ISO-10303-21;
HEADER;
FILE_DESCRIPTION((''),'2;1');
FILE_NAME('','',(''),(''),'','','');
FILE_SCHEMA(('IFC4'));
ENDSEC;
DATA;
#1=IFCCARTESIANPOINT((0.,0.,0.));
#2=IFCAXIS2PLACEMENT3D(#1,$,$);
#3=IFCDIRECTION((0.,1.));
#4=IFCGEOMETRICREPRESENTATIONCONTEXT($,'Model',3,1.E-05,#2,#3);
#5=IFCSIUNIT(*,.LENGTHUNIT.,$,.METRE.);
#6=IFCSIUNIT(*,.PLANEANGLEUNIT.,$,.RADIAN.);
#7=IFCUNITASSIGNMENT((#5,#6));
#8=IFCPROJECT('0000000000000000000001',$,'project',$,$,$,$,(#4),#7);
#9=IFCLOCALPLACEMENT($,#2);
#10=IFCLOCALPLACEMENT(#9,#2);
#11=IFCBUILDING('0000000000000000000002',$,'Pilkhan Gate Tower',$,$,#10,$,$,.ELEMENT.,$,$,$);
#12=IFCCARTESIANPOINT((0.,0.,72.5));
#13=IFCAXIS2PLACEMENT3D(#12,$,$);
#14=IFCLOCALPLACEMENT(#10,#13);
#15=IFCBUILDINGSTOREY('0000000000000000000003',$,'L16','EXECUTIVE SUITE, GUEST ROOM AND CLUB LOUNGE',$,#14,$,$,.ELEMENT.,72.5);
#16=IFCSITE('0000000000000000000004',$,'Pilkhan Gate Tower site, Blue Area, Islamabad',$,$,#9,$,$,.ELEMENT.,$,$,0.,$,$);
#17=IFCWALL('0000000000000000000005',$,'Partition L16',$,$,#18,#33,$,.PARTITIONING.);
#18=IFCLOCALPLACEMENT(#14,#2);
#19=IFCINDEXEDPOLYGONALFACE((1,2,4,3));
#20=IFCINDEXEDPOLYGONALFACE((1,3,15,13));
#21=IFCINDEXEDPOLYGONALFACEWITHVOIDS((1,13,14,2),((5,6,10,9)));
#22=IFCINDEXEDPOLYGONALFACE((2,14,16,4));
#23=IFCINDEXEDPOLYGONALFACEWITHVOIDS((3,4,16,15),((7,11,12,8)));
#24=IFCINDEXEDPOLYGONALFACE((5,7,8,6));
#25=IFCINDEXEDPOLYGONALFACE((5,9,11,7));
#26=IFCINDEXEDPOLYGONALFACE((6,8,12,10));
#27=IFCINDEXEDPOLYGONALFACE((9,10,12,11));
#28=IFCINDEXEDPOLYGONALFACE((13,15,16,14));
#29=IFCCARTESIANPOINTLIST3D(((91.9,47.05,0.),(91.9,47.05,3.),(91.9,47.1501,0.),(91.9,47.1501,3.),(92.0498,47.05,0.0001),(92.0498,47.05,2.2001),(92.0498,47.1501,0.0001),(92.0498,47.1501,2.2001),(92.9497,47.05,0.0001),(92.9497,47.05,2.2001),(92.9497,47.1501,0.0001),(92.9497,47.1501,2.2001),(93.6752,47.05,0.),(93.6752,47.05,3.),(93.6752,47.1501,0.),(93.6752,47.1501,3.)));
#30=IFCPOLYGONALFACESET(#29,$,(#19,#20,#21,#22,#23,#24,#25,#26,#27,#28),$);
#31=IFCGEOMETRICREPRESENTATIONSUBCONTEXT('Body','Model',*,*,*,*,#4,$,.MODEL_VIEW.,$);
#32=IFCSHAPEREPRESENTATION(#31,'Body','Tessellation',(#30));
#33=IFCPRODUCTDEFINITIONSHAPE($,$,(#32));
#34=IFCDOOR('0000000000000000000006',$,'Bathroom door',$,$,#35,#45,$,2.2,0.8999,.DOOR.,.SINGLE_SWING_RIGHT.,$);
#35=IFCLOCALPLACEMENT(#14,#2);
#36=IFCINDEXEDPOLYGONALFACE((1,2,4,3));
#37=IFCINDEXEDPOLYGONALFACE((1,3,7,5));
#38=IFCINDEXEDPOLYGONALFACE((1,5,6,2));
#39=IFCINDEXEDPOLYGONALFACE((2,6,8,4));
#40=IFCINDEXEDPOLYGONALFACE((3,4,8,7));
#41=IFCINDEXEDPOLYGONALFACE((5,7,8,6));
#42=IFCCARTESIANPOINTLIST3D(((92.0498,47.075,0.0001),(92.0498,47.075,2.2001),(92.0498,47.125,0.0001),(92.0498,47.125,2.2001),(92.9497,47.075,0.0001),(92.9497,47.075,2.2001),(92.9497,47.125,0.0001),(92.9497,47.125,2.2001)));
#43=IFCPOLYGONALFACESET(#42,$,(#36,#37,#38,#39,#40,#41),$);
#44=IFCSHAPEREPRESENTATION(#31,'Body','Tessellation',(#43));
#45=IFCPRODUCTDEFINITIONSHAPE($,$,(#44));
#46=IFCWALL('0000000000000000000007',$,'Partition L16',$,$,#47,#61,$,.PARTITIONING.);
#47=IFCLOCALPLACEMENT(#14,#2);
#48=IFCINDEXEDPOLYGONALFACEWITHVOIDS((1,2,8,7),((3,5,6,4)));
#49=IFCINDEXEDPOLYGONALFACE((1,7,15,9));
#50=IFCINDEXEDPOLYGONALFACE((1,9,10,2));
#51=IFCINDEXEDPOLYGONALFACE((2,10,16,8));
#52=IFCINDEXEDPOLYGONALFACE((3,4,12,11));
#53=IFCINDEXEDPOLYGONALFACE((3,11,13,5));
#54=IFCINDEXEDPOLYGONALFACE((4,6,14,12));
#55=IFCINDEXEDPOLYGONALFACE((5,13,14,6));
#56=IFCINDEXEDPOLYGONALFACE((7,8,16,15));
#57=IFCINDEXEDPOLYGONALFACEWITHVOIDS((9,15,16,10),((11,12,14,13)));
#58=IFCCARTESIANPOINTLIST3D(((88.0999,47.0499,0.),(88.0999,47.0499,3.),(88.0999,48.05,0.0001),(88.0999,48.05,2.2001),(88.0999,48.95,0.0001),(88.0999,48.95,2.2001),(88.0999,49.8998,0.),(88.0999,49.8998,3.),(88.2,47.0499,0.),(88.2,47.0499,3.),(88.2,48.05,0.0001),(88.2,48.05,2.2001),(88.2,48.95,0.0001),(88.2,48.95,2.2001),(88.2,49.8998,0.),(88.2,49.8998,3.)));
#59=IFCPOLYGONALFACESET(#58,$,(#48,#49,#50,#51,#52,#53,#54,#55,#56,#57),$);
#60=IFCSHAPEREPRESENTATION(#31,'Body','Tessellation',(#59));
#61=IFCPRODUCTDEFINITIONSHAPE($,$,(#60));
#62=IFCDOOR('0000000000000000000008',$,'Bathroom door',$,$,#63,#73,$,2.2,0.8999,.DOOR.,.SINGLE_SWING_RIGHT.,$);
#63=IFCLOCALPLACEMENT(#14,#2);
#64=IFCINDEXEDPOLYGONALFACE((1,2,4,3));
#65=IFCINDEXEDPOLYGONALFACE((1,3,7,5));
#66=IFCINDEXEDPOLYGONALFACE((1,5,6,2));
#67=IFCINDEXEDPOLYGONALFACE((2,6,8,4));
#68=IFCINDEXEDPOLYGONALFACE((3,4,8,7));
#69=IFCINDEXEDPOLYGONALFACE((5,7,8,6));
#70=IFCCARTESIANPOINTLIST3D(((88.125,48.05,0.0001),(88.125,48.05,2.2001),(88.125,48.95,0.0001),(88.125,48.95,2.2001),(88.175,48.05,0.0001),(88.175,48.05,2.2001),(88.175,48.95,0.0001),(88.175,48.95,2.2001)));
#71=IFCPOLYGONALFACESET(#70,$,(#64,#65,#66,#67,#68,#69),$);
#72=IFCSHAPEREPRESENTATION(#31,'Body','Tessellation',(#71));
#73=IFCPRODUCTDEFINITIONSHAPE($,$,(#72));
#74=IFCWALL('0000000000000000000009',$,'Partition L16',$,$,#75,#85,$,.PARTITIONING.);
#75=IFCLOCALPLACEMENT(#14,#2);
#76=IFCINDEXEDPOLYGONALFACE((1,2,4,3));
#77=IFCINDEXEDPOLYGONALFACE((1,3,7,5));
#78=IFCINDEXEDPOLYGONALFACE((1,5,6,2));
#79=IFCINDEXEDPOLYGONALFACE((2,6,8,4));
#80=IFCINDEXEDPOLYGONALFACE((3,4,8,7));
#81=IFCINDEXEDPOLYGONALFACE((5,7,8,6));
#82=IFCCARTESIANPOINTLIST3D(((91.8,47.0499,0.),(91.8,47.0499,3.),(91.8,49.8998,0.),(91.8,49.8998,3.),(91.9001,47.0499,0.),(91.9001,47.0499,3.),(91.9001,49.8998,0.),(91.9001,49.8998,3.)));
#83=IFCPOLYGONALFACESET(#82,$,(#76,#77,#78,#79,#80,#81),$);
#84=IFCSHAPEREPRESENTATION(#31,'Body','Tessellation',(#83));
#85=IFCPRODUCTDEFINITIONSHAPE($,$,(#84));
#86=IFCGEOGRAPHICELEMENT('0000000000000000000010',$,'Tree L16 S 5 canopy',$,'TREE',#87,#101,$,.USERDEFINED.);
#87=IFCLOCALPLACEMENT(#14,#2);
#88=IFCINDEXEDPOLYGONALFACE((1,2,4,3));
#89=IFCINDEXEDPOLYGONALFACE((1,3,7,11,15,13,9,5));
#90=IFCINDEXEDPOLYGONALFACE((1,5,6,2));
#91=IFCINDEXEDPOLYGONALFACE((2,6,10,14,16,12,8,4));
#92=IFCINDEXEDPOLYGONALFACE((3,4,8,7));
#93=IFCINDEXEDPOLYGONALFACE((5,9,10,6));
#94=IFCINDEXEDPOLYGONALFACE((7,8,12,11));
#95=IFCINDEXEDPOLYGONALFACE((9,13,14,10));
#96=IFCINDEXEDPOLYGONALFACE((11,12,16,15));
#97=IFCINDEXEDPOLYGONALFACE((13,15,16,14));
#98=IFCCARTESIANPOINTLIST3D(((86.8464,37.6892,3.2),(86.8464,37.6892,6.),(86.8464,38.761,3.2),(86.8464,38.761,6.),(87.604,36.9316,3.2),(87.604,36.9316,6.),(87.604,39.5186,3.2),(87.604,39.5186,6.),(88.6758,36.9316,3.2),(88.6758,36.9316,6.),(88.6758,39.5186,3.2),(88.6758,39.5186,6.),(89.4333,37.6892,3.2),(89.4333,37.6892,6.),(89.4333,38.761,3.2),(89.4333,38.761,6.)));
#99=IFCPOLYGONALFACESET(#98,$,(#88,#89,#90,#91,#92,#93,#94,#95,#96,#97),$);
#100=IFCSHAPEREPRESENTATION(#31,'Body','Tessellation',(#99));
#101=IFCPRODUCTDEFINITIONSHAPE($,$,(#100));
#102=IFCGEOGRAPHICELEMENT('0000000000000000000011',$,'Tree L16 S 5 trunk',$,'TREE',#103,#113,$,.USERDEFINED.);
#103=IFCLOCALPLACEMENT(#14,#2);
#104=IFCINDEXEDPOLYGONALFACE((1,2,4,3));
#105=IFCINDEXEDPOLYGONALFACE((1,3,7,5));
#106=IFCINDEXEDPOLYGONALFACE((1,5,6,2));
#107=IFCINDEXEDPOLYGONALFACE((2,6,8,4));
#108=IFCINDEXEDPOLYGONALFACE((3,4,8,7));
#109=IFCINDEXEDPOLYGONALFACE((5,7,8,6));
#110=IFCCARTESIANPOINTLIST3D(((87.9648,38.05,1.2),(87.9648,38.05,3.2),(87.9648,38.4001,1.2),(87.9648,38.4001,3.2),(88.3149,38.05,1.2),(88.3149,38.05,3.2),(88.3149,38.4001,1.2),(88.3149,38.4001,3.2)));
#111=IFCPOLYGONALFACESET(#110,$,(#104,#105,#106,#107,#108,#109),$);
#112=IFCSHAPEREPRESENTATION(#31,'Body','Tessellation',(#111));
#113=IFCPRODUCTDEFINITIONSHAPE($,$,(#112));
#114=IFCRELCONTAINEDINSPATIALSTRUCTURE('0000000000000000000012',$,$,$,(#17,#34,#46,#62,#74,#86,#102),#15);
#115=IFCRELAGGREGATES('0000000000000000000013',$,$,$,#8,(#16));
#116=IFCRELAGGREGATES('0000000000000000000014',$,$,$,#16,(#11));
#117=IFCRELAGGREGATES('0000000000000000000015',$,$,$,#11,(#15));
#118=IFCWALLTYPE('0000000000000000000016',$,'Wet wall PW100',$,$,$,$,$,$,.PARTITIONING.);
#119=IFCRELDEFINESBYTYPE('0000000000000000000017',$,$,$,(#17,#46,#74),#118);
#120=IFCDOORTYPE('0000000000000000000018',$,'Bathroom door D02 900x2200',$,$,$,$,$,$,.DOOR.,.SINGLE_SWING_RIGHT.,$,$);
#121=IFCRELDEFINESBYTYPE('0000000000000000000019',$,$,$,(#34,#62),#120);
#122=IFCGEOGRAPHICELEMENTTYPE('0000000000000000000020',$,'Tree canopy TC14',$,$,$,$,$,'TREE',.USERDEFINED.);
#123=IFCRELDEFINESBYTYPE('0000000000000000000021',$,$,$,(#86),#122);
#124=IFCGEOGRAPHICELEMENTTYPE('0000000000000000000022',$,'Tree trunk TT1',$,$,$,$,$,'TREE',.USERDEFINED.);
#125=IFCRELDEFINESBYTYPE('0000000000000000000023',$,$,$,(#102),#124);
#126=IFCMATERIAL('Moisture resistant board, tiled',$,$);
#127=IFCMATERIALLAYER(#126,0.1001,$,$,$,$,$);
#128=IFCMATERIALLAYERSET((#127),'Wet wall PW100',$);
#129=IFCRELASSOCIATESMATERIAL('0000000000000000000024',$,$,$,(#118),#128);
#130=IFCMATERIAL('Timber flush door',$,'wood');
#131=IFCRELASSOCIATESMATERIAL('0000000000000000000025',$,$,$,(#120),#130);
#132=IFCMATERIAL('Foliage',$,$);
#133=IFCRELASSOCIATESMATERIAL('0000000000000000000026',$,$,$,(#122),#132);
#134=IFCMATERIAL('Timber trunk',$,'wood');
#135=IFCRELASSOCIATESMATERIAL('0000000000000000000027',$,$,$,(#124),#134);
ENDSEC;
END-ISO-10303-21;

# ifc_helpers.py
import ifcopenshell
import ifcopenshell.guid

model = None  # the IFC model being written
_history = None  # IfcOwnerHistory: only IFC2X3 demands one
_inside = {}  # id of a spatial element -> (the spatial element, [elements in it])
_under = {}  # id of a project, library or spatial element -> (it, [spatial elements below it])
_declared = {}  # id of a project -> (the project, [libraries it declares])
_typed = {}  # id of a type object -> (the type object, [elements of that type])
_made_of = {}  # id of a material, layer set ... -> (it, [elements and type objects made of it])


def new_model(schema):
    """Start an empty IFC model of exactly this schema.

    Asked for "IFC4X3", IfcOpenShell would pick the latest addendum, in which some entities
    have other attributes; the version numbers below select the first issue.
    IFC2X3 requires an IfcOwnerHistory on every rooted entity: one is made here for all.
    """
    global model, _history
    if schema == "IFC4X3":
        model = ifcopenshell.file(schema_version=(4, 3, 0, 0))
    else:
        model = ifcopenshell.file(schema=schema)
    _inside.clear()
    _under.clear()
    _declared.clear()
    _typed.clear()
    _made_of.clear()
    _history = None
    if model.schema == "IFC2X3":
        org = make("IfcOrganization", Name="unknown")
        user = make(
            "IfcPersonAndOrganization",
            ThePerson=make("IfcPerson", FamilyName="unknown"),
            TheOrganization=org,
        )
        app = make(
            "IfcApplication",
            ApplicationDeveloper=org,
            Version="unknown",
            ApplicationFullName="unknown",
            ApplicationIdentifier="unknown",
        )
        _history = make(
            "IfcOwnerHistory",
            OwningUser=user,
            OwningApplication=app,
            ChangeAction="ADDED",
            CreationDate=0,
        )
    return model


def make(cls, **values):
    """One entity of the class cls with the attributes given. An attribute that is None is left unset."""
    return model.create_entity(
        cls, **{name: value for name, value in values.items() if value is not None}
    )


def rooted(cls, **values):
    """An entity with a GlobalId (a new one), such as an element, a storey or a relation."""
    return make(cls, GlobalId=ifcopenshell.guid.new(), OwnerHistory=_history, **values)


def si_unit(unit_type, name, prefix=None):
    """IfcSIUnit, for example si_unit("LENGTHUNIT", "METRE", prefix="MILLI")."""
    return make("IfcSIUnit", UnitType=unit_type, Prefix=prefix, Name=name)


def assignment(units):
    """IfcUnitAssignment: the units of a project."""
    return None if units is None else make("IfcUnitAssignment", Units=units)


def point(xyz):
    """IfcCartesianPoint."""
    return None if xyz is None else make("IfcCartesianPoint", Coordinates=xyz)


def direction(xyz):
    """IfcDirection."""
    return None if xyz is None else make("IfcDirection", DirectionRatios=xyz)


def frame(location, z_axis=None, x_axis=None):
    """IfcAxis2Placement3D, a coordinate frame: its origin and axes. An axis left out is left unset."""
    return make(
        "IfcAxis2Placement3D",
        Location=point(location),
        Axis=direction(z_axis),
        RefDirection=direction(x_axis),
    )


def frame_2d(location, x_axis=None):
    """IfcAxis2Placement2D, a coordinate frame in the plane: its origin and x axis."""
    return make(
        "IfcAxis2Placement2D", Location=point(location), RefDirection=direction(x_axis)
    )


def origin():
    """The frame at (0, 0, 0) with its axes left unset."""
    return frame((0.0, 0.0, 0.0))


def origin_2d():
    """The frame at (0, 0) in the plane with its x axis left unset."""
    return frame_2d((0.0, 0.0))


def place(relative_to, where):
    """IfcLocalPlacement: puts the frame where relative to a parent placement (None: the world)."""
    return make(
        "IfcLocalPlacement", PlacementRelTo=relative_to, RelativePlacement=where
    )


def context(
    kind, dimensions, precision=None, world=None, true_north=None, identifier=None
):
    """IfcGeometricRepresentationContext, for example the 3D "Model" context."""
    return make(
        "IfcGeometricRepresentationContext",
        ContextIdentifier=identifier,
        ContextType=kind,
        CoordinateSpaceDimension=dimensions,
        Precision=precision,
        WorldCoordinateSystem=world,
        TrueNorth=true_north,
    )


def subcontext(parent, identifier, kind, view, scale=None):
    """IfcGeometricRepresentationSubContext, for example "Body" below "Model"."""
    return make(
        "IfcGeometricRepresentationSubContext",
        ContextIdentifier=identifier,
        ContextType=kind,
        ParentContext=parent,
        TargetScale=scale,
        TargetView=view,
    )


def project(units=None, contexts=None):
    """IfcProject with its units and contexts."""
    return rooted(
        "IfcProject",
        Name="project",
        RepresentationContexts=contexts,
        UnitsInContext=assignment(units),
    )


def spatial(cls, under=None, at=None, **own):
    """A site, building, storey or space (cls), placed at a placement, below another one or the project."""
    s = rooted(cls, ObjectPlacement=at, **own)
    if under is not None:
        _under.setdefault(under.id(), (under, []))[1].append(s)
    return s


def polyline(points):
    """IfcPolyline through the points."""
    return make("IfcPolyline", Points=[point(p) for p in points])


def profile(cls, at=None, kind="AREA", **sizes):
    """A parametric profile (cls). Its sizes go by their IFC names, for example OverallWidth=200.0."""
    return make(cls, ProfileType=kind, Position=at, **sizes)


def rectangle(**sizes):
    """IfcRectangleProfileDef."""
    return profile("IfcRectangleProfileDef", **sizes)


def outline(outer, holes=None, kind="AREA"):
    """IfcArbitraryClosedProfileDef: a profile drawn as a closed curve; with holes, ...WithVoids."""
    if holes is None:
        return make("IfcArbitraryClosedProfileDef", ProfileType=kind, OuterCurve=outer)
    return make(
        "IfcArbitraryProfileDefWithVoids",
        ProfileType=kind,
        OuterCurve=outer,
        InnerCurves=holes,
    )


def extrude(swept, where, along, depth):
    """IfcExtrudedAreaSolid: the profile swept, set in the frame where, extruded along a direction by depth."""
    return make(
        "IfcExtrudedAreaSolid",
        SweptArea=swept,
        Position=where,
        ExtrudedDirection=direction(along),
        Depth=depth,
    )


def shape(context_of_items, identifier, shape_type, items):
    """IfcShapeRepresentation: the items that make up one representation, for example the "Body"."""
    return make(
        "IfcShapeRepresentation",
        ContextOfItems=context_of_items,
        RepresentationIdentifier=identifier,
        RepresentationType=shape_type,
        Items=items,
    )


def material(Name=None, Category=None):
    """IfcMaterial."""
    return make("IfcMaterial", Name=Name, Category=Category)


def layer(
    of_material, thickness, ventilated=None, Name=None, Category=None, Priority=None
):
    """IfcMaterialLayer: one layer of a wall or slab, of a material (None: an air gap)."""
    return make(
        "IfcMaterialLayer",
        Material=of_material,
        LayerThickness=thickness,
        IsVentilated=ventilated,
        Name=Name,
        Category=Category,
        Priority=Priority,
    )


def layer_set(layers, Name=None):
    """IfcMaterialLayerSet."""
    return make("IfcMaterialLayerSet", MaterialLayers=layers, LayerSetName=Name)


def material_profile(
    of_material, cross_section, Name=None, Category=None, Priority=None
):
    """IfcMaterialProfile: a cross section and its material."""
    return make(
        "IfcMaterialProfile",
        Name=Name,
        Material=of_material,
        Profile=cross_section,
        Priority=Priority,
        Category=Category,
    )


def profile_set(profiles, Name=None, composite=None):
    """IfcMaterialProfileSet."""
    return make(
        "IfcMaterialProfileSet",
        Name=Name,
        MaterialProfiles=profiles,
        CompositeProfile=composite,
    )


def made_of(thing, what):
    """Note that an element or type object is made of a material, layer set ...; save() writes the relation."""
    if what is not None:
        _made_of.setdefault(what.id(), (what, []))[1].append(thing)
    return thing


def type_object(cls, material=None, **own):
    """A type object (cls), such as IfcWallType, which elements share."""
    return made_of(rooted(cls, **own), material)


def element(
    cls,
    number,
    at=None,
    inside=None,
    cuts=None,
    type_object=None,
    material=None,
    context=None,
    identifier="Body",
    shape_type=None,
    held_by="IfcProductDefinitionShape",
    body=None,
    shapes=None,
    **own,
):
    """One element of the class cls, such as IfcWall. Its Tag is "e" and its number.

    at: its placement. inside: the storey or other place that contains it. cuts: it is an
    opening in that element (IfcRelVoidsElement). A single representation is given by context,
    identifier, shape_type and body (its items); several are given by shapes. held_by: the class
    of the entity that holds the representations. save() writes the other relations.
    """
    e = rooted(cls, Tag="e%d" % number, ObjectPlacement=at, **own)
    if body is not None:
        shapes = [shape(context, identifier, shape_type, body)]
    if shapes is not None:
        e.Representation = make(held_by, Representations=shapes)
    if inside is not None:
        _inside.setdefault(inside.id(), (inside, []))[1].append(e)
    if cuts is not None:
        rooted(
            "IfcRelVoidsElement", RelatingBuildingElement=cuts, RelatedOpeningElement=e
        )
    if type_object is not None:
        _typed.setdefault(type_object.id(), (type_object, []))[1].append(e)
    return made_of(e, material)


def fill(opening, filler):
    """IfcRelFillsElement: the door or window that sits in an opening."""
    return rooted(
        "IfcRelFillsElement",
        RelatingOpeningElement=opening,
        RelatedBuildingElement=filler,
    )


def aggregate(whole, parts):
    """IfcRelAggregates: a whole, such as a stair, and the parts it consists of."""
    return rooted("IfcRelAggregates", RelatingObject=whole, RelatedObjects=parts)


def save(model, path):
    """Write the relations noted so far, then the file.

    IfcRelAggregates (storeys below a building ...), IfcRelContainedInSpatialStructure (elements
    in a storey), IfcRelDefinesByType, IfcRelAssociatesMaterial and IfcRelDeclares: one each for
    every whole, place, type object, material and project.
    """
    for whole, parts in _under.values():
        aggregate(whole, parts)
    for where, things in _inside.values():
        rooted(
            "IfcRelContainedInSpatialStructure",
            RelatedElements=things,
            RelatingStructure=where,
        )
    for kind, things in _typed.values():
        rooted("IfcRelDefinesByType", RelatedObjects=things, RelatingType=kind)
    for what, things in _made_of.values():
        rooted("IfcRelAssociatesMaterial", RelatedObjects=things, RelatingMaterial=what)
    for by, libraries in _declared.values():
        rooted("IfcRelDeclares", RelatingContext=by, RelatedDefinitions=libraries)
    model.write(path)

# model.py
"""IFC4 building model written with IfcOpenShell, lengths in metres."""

from ifc_helpers import new_model, si_unit, direction, frame, frame_2d, origin, origin_2d, place, context, subcontext, project, spatial, polyline, rectangle, outline, extrude, material, layer, layer_set, material_profile, profile_set, type_object, element, fill, save


model = new_model("IFC4")

# Units and contexts
model_context = context("Model", 3, precision=1e-05, world=origin(), true_north=direction((0.0, 1.0)))
body_context = subcontext(model_context, "Body", "Model", "MODEL_VIEW")
ifc_project = project(units=[si_unit("LENGTHUNIT", "METRE"), si_unit("PLANEANGLEUNIT", "RADIAN")], contexts=[model_context])

# Site, building, storey
site_placement = place(None, origin())
site = spatial("IfcSite", under=ifc_project, at=site_placement, Name="Pilkhan Gate Tower site, Blue Area, Islamabad", CompositionType="ELEMENT", RefElevation=0.0)
building_placement = place(site_placement, origin())
building = spatial("IfcBuilding", under=site, at=building_placement, Name="Pilkhan Gate Tower", CompositionType="ELEMENT")
storey_placement = place(building_placement, frame((0.0, 0.0, 72.5)))
storey = spatial("IfcBuildingStorey", under=building, at=storey_placement, Name="L16", Description="EXECUTIVE SUITE, GUEST ROOM AND CLUB LOUNGE", CompositionType="ELEMENT", Elevation=72.5)

# Walls, openings, doors
ifc_material_1 = material(Name="Moisture resistant board, tiled")
ifc_layer_1 = layer(ifc_material_1, 0.1001)
ifc_layer_set_1 = layer_set([ifc_layer_1], Name="Wet wall PW100")
wall_type_1 = type_object("IfcWallType", Name="Wet wall PW100", PredefinedType="PARTITIONING", material=ifc_layer_set_1)
wall_1_placement = place(storey_placement, frame((91.8999, 47.1001, 0.0), z_axis=(0.0, 0.0, 1.0), x_axis=(1.0, 0.0, 0.0)))
wall_1 = element("IfcWall", 1, at=wall_1_placement, inside=storey, type_object=wall_type_1, Name="Partition L16", PredefinedType="PARTITIONING", context=body_context, shape_type="SweptSolid", body=[
    extrude(rectangle(XDim=1.7751, YDim=0.1001, at=frame_2d((0.8877, 0.0))), origin(), (0.0, 0.0, 1.0), 3.0),
])
opening_1_placement = place(wall_1_placement, frame((0.1499, 0.0, 0.0)))
opening_1 = element("IfcOpeningElement", 2, at=opening_1_placement, cuts=wall_1, PredefinedType="OPENING", context=body_context, shape_type="SweptSolid", body=[
    extrude(rectangle(XDim=0.8999, YDim=2.2, at=frame_2d((0.45, 1.1001))), frame((0.0, 0.0601, 0.0), z_axis=(0.0, -1.0, 0.0), x_axis=(1.0, 0.0, 0.0)), (0.0, 0.0, 1.0), 0.1201),
])
ifc_material_2 = material(Name="Timber flush door", Category="wood")
door_type = type_object("IfcDoorType", Name="Bathroom door D02 900x2200", OperationType="SINGLE_SWING_RIGHT", PredefinedType="DOOR", material=ifc_material_2)
door_1_placement = place(opening_1_placement, origin())
door_1 = element("IfcDoor", 3, at=door_1_placement, inside=storey, type_object=door_type, Name="Bathroom door", OperationType="SINGLE_SWING_RIGHT", OverallHeight=2.2, OverallWidth=0.8999, PredefinedType="DOOR", context=body_context, shape_type="SweptSolid", body=[
    extrude(rectangle(XDim=0.8999, YDim=2.2, at=frame_2d((0.45, 1.1001))), frame((0.0, 0.0249, 0.0), z_axis=(0.0, -1.0, 0.0), x_axis=(1.0, 0.0, 0.0)), (0.0, 0.0, 1.0), 0.05),
])
fill(opening_1, door_1)
wall_2_placement = place(storey_placement, frame((88.1499, 47.05, 0.0), z_axis=(0.0, 0.0, 1.0), x_axis=(0.0, 1.0, 0.0)))
wall_2 = element("IfcWall", 4, at=wall_2_placement, inside=storey, type_object=wall_type_1, Name="Partition L16", PredefinedType="PARTITIONING", context=body_context, shape_type="SweptSolid", body=[
    extrude(rectangle(XDim=2.8499, YDim=0.1001, at=frame_2d((1.4248, 0.0))), origin(), (0.0, 0.0, 1.0), 3.0),
])
opening_2_placement = place(wall_2_placement, frame((1.0, 0.0, 0.0)))
opening_2 = element("IfcOpeningElement", 5, at=opening_2_placement, cuts=wall_2, PredefinedType="OPENING", context=body_context, shape_type="SweptSolid", body=[
    extrude(rectangle(XDim=0.8999, YDim=2.2, at=frame_2d((0.45, 1.1001))), frame((0.0, 0.0601, 0.0), z_axis=(0.0, -1.0, 0.0), x_axis=(1.0, 0.0, 0.0)), (0.0, 0.0, 1.0), 0.1201),
])
door_2_placement = place(opening_2_placement, origin())
door_2 = element("IfcDoor", 6, at=door_2_placement, inside=storey, type_object=door_type, Name="Bathroom door", OperationType="SINGLE_SWING_RIGHT", OverallHeight=2.2, OverallWidth=0.8999, PredefinedType="DOOR", context=body_context, shape_type="SweptSolid", body=[
    extrude(rectangle(XDim=0.8999, YDim=2.2, at=frame_2d((0.45, 1.1001))), frame((0.0, 0.0249, 0.0), z_axis=(0.0, -1.0, 0.0), x_axis=(1.0, 0.0, 0.0)), (0.0, 0.0, 1.0), 0.05),
])
fill(opening_2, door_2)

# Wall
wall_3_placement = place(storey_placement, frame((91.8501, 47.05, 0.0), z_axis=(0.0, 0.0, 1.0), x_axis=(0.0, 1.0, 0.0)))
element("IfcWall", 7, at=wall_3_placement, inside=storey, type_object=wall_type_1, Name="Partition L16", PredefinedType="PARTITIONING", context=body_context, shape_type="SweptSolid", body=[
    extrude(rectangle(XDim=2.8499, YDim=0.1001, at=frame_2d((1.4248, 0.0))), origin(), (0.0, 0.0, 1.0), 3.0),
])

# Geographic elements
ifc_material_3 = material(Name="Foliage")
ifc_material_profile_1 = material_profile(ifc_material_3, outline(polyline([(1.2935, 0.5359), (0.5359, 1.2935), (-0.5359, 1.2935), (-1.2935, 0.5359), (-1.2935, -0.5359), (-0.5359, -1.2935), (0.5359, -1.2935), (1.2935, -0.5359), (1.2935, 0.5359)])), Name="Canopy D2.8")
ifc_profile_set_1 = profile_set([ifc_material_profile_1], Name="Foliage")
geographic_element_type_1 = type_object("IfcGeographicElementType", Name="Tree canopy TC14", ElementType="TREE", PredefinedType="USERDEFINED", material=ifc_profile_set_1)
geographic_element_1_placement = place(storey_placement, frame((88.1399, 38.2251, 3.2), z_axis=(0.0, 0.0, 1.0), x_axis=(1.0, 0.0, 0.0)))
element("IfcGeographicElement", 8, at=geographic_element_1_placement, inside=storey, type_object=geographic_element_type_1, Name="Tree L16 S 5 canopy", ObjectType="TREE", PredefinedType="USERDEFINED", context=body_context, shape_type="SweptSolid", body=[
    extrude(outline(polyline([(1.2935, 0.5359), (0.5359, 1.2935), (-0.5359, 1.2935), (-1.2935, 0.5359), (-1.2935, -0.5359), (-0.5359, -1.2935), (0.5359, -1.2935), (1.2935, -0.5359), (1.2935, 0.5359)])), origin(), (0.0, 0.0, 1.0), 2.8),
])
ifc_material_4 = material(Name="Timber trunk", Category="wood")
geographic_element_type_2 = type_object("IfcGeographicElementType", Name="Tree trunk TT1", ElementType="TREE", PredefinedType="USERDEFINED", material=ifc_material_4)
geographic_element_2_placement = place(storey_placement, frame((88.1399, 38.2251, 1.2), z_axis=(0.0, 0.0, 1.0), x_axis=(1.0, 0.0, 0.0)))
element("IfcGeographicElement", 9, at=geographic_element_2_placement, inside=storey, type_object=geographic_element_type_2, Name="Tree L16 S 5 trunk", ObjectType="TREE", PredefinedType="USERDEFINED", context=body_context, shape_type="SweptSolid", body=[
    extrude(rectangle(XDim=0.3501, YDim=0.3501, at=origin_2d()), origin(), (0.0, 0.0, 1.0), 2.0),
])

save(model, "model.ifc")
